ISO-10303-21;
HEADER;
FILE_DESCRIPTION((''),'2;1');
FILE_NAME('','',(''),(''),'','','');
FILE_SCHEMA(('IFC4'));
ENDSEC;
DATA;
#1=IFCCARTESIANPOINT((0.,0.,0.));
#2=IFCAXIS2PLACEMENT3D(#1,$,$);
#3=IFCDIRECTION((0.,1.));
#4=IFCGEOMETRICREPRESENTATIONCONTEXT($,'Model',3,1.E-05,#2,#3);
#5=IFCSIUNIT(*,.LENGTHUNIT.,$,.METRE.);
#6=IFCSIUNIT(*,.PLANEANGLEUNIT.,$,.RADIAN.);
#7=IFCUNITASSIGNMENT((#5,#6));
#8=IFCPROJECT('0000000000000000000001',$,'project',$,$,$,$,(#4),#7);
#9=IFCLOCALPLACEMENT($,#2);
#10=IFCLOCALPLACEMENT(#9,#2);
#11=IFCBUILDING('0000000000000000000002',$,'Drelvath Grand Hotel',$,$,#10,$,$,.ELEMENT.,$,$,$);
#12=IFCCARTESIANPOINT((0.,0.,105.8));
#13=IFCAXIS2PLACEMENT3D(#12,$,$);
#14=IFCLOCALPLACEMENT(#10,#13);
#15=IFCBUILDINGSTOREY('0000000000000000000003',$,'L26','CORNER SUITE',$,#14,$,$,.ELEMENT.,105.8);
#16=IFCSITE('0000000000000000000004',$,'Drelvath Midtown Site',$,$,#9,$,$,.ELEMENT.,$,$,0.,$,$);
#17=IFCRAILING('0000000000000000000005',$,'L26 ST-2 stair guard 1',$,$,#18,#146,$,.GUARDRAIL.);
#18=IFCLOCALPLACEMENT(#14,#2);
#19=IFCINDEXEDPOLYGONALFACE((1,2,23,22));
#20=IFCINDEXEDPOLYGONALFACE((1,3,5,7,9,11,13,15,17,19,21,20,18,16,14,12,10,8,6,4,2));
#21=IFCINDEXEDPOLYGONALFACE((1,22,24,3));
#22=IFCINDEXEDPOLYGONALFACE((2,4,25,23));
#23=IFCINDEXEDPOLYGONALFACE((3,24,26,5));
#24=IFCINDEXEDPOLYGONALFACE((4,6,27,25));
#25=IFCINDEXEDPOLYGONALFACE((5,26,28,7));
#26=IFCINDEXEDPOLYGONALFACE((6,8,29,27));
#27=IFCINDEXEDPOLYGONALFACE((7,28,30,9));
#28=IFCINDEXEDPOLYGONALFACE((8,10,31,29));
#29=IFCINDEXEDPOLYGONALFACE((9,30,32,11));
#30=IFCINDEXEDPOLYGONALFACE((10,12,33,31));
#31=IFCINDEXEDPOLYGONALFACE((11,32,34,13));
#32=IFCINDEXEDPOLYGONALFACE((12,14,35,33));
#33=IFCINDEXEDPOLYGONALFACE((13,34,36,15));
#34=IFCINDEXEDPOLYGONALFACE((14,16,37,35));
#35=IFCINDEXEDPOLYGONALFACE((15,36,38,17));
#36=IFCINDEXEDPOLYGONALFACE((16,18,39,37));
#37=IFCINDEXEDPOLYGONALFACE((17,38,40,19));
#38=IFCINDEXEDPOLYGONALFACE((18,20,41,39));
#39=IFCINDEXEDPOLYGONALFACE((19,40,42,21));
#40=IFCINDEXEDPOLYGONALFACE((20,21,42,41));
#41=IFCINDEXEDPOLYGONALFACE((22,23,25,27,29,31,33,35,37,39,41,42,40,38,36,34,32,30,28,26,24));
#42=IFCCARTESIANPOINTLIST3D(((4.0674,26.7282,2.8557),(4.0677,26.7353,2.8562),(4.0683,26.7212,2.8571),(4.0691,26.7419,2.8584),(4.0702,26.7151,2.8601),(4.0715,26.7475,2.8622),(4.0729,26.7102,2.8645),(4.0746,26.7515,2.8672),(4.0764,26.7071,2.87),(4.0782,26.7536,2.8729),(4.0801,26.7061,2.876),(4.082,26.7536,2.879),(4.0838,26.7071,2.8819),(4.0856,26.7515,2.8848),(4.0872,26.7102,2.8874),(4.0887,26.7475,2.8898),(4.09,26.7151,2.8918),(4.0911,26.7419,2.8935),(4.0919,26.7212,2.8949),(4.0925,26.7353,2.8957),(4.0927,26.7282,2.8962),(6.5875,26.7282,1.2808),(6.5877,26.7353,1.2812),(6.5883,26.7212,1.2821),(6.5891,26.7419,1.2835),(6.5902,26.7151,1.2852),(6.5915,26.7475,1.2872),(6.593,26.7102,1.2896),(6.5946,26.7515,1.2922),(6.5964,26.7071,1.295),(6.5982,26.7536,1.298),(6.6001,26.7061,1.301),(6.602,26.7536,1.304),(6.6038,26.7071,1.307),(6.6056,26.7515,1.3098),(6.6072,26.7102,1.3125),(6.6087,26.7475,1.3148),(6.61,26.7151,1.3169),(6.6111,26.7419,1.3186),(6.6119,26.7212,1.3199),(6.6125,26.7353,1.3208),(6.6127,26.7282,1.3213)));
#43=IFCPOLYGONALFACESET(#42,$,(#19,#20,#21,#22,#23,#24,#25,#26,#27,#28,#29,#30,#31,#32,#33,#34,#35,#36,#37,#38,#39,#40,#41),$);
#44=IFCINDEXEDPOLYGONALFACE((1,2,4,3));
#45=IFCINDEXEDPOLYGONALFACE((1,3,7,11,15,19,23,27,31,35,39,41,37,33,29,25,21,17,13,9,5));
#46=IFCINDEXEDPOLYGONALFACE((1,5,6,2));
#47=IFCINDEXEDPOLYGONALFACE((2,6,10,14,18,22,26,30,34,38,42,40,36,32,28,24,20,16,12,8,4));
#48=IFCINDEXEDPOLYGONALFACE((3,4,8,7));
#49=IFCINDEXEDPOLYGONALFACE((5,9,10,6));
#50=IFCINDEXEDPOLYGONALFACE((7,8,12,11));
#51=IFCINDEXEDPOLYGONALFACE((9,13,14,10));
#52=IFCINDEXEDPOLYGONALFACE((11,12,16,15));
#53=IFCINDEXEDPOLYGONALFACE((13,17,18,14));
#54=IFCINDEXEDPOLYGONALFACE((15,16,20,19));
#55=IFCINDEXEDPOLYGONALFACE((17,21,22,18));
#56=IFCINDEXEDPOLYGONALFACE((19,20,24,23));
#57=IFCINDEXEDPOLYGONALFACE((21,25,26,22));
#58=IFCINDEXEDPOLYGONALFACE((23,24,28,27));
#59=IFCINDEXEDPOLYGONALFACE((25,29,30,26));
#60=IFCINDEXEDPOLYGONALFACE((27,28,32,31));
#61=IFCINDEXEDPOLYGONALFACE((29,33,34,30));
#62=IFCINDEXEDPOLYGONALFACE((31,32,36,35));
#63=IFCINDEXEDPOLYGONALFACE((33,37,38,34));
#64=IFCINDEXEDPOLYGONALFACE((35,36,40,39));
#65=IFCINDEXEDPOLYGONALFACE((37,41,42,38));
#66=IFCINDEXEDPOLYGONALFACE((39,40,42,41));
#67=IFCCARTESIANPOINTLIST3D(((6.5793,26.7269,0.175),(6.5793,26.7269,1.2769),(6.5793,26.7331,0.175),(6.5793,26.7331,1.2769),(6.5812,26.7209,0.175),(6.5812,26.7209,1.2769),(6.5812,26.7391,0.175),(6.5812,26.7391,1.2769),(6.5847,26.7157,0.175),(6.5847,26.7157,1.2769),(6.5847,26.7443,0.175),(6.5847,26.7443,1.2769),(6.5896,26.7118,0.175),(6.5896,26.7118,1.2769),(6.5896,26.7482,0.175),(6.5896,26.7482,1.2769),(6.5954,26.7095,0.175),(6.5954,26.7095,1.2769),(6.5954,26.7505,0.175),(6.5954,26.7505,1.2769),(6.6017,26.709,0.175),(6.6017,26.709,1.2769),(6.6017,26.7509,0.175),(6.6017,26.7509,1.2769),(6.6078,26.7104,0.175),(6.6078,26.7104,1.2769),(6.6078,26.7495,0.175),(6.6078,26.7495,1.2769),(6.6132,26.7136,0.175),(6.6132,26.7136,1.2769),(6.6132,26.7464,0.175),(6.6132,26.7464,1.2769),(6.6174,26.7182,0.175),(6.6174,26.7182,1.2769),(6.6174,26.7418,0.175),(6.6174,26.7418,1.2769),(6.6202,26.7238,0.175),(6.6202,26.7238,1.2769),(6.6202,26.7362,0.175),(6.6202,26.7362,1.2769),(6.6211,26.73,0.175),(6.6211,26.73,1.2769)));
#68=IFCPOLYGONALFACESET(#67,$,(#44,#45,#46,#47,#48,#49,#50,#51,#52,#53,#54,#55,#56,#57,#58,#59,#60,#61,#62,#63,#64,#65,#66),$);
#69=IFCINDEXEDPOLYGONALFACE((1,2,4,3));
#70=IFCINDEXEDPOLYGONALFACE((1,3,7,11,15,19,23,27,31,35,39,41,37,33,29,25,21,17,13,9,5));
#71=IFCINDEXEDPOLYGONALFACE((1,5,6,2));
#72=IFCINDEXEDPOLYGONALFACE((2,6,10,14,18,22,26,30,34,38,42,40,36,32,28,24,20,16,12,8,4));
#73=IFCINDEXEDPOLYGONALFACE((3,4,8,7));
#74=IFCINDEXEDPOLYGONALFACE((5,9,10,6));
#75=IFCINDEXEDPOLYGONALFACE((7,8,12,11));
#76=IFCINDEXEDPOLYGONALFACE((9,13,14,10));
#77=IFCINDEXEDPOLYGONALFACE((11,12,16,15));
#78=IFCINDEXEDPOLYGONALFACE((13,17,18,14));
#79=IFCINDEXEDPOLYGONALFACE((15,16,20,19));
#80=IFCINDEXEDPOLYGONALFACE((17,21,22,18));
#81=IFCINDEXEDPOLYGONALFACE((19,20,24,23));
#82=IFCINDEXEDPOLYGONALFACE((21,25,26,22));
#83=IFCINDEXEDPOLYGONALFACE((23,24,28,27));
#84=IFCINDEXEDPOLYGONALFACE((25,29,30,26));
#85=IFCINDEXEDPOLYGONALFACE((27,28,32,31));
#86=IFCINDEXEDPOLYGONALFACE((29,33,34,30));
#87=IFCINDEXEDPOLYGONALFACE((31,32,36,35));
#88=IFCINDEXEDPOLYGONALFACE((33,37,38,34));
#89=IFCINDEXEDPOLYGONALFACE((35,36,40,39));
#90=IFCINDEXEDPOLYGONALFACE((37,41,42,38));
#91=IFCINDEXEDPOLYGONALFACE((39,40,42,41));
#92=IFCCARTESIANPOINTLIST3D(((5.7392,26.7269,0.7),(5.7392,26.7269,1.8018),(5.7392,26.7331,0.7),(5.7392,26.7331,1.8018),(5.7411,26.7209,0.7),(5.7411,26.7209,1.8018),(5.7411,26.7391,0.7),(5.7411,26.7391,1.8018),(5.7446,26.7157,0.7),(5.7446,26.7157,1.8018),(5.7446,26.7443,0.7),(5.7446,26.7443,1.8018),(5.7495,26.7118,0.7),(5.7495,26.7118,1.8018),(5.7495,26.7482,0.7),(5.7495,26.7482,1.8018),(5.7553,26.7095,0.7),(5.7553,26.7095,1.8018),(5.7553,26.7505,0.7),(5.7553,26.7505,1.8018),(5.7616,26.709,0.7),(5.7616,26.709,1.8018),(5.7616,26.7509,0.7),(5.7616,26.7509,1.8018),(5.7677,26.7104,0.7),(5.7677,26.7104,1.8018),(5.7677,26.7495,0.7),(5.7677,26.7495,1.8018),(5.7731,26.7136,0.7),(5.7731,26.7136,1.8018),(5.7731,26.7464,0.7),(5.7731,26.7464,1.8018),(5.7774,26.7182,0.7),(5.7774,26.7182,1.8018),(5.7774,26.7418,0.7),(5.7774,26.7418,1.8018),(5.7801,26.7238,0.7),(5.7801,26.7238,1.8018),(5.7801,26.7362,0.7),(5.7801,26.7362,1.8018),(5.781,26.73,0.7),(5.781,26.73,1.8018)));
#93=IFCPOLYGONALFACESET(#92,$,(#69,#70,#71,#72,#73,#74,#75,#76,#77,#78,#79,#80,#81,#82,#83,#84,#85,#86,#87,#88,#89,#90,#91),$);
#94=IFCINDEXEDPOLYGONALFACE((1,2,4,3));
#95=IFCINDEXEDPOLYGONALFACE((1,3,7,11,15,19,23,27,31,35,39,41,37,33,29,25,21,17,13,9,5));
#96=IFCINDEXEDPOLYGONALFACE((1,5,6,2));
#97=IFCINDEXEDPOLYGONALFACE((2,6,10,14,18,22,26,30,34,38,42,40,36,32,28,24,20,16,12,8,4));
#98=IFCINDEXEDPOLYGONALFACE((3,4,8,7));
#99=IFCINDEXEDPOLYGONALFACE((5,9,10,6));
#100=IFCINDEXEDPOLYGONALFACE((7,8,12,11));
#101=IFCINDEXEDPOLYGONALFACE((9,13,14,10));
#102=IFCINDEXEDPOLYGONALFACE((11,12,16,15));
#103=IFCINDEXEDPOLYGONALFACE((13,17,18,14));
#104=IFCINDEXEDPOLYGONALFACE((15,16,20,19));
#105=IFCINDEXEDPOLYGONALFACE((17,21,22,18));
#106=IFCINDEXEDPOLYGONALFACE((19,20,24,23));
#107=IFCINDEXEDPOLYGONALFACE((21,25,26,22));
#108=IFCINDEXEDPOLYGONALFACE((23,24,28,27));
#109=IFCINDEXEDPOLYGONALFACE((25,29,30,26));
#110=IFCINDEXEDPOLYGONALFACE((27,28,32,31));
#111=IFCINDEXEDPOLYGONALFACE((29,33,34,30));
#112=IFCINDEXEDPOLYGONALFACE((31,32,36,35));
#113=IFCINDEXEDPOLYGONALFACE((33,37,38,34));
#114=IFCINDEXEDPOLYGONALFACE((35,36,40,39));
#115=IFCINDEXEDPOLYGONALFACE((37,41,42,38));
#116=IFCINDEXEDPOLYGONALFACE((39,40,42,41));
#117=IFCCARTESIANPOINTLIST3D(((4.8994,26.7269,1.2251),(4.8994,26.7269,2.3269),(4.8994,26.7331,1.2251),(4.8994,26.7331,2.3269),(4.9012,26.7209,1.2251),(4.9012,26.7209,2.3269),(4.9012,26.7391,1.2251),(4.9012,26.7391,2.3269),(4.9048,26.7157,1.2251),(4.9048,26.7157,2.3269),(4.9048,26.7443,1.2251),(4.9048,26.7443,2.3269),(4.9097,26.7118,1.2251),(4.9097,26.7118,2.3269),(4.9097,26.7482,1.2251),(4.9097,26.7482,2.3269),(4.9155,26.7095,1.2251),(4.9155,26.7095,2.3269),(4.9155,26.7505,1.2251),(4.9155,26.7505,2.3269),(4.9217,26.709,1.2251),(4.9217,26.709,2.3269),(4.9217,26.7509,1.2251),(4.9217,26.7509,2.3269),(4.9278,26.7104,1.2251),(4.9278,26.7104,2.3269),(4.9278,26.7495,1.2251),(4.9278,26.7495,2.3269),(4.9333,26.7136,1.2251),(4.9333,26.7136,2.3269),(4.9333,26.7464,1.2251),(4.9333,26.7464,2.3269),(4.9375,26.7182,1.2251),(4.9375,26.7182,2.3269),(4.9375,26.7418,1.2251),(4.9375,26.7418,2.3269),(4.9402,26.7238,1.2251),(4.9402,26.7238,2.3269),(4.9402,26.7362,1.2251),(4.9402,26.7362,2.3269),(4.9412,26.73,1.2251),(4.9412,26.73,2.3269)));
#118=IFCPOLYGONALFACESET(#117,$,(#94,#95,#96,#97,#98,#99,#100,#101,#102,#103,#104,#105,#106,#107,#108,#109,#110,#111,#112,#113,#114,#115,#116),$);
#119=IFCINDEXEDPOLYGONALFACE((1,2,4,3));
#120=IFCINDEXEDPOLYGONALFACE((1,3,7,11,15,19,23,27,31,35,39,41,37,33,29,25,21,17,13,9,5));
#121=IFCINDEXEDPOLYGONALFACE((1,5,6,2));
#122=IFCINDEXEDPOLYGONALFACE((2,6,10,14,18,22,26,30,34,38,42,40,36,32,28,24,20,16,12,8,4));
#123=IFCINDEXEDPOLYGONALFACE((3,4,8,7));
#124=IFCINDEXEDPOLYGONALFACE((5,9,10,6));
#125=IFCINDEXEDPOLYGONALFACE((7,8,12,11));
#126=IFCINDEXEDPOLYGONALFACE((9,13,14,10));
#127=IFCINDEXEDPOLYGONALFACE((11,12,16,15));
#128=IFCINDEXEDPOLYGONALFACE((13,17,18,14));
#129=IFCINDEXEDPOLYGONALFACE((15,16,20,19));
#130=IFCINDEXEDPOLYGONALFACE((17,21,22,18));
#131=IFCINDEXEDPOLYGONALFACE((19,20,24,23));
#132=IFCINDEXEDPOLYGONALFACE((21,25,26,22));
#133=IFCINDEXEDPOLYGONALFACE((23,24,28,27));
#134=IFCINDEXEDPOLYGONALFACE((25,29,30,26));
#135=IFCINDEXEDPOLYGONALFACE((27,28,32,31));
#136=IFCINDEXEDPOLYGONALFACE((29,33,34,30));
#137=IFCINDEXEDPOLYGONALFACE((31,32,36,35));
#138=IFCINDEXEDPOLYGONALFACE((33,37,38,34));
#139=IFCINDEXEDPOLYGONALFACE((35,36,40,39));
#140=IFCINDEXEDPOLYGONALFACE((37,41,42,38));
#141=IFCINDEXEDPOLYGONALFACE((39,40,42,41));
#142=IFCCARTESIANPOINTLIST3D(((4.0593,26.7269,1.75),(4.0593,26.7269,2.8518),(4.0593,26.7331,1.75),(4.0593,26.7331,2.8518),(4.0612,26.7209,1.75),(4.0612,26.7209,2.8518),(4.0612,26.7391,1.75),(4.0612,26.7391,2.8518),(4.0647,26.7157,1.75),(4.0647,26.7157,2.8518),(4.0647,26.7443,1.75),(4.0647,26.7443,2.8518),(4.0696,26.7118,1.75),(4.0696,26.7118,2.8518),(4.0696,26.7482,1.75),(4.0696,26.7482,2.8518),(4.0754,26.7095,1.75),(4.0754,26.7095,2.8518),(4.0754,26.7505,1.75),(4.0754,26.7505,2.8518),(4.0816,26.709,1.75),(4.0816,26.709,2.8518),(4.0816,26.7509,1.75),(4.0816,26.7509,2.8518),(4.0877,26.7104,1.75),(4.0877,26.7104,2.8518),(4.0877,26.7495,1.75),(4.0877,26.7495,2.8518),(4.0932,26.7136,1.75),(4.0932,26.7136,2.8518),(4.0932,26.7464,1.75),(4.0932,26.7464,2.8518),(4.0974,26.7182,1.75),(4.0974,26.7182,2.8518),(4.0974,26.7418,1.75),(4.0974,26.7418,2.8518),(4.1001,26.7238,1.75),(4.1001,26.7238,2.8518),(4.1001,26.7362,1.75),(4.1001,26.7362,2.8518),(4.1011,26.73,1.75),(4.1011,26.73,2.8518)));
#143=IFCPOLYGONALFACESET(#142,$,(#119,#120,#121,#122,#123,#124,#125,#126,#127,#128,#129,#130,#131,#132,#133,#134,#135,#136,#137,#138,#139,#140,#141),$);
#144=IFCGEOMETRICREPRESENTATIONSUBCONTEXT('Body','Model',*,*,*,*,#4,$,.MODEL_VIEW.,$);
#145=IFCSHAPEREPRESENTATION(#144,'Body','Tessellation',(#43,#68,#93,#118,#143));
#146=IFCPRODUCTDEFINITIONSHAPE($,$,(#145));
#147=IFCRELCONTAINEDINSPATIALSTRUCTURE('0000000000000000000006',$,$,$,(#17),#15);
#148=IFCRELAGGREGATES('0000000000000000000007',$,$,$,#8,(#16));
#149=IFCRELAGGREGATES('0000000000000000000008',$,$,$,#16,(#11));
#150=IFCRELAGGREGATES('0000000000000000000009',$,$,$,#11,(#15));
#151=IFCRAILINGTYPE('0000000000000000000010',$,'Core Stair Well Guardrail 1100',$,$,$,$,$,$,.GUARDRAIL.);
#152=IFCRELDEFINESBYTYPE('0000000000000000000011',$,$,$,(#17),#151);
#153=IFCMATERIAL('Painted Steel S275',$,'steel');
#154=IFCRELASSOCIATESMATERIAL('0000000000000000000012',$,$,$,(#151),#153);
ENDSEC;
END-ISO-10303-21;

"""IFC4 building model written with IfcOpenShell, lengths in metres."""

from ifc_helpers import new_model, si_unit, direction, frame, origin, origin_2d, place, context, subcontext, project, spatial, circle, extrude, material, type_object, element, save


model = new_model("IFC4")

# Units and contexts
model_context = context("Model", 3, precision=1e-05, world=origin(), true_north=direction((0.0, 1.0)))
body_context = subcontext(model_context, "Body", "Model", "MODEL_VIEW")
ifc_project = project(units=[si_unit("LENGTHUNIT", "METRE"), si_unit("PLANEANGLEUNIT", "RADIAN")], contexts=[model_context])

# Site, building, storey
site_placement = place(None, origin())
site = spatial("IfcSite", under=ifc_project, at=site_placement, Name="Drelvath Midtown Site", CompositionType="ELEMENT", RefElevation=0.0)
building_placement = place(site_placement, origin())
building = spatial("IfcBuilding", under=site, at=building_placement, Name="Drelvath Grand Hotel", CompositionType="ELEMENT")
storey_placement = place(building_placement, frame((0.0, 0.0, 105.8)))
storey = spatial("IfcBuildingStorey", under=building, at=storey_placement, Name="L26", Description="CORNER SUITE", CompositionType="ELEMENT", Elevation=105.8)

# Shared definitions
ifc_material_1 = material(Name="Painted Steel S275", Category="steel")

# Railing
railing_type_1 = type_object("IfcRailingType", Name="Core Stair Well Guardrail 1100", PredefinedType="GUARDRAIL", material=ifc_material_1)
railing_1_placement = place(storey_placement, frame((6.6001, 26.73, 0.175)))
element("IfcRailing", 1, at=railing_1_placement, inside=storey, type_object=railing_type_1, Name="L26 ST-2 stair guard 1", PredefinedType="GUARDRAIL", context=body_context, shape_type="SweptSolid", body=[
    extrude(circle(Radius=0.0239, at=origin_2d()), frame((0.0, 0.0, 1.126), z_axis=(-0.848008, 0.0, 0.529984), x_axis=(0.0, -1.0, 0.0)), (0.0, 0.0, 1.0), 2.9717),
    extrude(circle(Radius=0.021, at=origin_2d()), origin(), (0.0, 0.0, 1.0), 1.1018),
    extrude(circle(Radius=0.021, at=origin_2d()), frame((-0.8401, 0.0, 0.5249)), (0.0, 0.0, 1.0), 1.1018),
    extrude(circle(Radius=0.021, at=origin_2d()), frame((-1.6799, 0.0, 1.05)), (0.0, 0.0, 1.0), 1.1018),
    extrude(circle(Radius=0.021, at=origin_2d()), frame((-2.52, 0.0, 1.575)), (0.0, 0.0, 1.0), 1.1018),
])

save(model, "model.ifc")
